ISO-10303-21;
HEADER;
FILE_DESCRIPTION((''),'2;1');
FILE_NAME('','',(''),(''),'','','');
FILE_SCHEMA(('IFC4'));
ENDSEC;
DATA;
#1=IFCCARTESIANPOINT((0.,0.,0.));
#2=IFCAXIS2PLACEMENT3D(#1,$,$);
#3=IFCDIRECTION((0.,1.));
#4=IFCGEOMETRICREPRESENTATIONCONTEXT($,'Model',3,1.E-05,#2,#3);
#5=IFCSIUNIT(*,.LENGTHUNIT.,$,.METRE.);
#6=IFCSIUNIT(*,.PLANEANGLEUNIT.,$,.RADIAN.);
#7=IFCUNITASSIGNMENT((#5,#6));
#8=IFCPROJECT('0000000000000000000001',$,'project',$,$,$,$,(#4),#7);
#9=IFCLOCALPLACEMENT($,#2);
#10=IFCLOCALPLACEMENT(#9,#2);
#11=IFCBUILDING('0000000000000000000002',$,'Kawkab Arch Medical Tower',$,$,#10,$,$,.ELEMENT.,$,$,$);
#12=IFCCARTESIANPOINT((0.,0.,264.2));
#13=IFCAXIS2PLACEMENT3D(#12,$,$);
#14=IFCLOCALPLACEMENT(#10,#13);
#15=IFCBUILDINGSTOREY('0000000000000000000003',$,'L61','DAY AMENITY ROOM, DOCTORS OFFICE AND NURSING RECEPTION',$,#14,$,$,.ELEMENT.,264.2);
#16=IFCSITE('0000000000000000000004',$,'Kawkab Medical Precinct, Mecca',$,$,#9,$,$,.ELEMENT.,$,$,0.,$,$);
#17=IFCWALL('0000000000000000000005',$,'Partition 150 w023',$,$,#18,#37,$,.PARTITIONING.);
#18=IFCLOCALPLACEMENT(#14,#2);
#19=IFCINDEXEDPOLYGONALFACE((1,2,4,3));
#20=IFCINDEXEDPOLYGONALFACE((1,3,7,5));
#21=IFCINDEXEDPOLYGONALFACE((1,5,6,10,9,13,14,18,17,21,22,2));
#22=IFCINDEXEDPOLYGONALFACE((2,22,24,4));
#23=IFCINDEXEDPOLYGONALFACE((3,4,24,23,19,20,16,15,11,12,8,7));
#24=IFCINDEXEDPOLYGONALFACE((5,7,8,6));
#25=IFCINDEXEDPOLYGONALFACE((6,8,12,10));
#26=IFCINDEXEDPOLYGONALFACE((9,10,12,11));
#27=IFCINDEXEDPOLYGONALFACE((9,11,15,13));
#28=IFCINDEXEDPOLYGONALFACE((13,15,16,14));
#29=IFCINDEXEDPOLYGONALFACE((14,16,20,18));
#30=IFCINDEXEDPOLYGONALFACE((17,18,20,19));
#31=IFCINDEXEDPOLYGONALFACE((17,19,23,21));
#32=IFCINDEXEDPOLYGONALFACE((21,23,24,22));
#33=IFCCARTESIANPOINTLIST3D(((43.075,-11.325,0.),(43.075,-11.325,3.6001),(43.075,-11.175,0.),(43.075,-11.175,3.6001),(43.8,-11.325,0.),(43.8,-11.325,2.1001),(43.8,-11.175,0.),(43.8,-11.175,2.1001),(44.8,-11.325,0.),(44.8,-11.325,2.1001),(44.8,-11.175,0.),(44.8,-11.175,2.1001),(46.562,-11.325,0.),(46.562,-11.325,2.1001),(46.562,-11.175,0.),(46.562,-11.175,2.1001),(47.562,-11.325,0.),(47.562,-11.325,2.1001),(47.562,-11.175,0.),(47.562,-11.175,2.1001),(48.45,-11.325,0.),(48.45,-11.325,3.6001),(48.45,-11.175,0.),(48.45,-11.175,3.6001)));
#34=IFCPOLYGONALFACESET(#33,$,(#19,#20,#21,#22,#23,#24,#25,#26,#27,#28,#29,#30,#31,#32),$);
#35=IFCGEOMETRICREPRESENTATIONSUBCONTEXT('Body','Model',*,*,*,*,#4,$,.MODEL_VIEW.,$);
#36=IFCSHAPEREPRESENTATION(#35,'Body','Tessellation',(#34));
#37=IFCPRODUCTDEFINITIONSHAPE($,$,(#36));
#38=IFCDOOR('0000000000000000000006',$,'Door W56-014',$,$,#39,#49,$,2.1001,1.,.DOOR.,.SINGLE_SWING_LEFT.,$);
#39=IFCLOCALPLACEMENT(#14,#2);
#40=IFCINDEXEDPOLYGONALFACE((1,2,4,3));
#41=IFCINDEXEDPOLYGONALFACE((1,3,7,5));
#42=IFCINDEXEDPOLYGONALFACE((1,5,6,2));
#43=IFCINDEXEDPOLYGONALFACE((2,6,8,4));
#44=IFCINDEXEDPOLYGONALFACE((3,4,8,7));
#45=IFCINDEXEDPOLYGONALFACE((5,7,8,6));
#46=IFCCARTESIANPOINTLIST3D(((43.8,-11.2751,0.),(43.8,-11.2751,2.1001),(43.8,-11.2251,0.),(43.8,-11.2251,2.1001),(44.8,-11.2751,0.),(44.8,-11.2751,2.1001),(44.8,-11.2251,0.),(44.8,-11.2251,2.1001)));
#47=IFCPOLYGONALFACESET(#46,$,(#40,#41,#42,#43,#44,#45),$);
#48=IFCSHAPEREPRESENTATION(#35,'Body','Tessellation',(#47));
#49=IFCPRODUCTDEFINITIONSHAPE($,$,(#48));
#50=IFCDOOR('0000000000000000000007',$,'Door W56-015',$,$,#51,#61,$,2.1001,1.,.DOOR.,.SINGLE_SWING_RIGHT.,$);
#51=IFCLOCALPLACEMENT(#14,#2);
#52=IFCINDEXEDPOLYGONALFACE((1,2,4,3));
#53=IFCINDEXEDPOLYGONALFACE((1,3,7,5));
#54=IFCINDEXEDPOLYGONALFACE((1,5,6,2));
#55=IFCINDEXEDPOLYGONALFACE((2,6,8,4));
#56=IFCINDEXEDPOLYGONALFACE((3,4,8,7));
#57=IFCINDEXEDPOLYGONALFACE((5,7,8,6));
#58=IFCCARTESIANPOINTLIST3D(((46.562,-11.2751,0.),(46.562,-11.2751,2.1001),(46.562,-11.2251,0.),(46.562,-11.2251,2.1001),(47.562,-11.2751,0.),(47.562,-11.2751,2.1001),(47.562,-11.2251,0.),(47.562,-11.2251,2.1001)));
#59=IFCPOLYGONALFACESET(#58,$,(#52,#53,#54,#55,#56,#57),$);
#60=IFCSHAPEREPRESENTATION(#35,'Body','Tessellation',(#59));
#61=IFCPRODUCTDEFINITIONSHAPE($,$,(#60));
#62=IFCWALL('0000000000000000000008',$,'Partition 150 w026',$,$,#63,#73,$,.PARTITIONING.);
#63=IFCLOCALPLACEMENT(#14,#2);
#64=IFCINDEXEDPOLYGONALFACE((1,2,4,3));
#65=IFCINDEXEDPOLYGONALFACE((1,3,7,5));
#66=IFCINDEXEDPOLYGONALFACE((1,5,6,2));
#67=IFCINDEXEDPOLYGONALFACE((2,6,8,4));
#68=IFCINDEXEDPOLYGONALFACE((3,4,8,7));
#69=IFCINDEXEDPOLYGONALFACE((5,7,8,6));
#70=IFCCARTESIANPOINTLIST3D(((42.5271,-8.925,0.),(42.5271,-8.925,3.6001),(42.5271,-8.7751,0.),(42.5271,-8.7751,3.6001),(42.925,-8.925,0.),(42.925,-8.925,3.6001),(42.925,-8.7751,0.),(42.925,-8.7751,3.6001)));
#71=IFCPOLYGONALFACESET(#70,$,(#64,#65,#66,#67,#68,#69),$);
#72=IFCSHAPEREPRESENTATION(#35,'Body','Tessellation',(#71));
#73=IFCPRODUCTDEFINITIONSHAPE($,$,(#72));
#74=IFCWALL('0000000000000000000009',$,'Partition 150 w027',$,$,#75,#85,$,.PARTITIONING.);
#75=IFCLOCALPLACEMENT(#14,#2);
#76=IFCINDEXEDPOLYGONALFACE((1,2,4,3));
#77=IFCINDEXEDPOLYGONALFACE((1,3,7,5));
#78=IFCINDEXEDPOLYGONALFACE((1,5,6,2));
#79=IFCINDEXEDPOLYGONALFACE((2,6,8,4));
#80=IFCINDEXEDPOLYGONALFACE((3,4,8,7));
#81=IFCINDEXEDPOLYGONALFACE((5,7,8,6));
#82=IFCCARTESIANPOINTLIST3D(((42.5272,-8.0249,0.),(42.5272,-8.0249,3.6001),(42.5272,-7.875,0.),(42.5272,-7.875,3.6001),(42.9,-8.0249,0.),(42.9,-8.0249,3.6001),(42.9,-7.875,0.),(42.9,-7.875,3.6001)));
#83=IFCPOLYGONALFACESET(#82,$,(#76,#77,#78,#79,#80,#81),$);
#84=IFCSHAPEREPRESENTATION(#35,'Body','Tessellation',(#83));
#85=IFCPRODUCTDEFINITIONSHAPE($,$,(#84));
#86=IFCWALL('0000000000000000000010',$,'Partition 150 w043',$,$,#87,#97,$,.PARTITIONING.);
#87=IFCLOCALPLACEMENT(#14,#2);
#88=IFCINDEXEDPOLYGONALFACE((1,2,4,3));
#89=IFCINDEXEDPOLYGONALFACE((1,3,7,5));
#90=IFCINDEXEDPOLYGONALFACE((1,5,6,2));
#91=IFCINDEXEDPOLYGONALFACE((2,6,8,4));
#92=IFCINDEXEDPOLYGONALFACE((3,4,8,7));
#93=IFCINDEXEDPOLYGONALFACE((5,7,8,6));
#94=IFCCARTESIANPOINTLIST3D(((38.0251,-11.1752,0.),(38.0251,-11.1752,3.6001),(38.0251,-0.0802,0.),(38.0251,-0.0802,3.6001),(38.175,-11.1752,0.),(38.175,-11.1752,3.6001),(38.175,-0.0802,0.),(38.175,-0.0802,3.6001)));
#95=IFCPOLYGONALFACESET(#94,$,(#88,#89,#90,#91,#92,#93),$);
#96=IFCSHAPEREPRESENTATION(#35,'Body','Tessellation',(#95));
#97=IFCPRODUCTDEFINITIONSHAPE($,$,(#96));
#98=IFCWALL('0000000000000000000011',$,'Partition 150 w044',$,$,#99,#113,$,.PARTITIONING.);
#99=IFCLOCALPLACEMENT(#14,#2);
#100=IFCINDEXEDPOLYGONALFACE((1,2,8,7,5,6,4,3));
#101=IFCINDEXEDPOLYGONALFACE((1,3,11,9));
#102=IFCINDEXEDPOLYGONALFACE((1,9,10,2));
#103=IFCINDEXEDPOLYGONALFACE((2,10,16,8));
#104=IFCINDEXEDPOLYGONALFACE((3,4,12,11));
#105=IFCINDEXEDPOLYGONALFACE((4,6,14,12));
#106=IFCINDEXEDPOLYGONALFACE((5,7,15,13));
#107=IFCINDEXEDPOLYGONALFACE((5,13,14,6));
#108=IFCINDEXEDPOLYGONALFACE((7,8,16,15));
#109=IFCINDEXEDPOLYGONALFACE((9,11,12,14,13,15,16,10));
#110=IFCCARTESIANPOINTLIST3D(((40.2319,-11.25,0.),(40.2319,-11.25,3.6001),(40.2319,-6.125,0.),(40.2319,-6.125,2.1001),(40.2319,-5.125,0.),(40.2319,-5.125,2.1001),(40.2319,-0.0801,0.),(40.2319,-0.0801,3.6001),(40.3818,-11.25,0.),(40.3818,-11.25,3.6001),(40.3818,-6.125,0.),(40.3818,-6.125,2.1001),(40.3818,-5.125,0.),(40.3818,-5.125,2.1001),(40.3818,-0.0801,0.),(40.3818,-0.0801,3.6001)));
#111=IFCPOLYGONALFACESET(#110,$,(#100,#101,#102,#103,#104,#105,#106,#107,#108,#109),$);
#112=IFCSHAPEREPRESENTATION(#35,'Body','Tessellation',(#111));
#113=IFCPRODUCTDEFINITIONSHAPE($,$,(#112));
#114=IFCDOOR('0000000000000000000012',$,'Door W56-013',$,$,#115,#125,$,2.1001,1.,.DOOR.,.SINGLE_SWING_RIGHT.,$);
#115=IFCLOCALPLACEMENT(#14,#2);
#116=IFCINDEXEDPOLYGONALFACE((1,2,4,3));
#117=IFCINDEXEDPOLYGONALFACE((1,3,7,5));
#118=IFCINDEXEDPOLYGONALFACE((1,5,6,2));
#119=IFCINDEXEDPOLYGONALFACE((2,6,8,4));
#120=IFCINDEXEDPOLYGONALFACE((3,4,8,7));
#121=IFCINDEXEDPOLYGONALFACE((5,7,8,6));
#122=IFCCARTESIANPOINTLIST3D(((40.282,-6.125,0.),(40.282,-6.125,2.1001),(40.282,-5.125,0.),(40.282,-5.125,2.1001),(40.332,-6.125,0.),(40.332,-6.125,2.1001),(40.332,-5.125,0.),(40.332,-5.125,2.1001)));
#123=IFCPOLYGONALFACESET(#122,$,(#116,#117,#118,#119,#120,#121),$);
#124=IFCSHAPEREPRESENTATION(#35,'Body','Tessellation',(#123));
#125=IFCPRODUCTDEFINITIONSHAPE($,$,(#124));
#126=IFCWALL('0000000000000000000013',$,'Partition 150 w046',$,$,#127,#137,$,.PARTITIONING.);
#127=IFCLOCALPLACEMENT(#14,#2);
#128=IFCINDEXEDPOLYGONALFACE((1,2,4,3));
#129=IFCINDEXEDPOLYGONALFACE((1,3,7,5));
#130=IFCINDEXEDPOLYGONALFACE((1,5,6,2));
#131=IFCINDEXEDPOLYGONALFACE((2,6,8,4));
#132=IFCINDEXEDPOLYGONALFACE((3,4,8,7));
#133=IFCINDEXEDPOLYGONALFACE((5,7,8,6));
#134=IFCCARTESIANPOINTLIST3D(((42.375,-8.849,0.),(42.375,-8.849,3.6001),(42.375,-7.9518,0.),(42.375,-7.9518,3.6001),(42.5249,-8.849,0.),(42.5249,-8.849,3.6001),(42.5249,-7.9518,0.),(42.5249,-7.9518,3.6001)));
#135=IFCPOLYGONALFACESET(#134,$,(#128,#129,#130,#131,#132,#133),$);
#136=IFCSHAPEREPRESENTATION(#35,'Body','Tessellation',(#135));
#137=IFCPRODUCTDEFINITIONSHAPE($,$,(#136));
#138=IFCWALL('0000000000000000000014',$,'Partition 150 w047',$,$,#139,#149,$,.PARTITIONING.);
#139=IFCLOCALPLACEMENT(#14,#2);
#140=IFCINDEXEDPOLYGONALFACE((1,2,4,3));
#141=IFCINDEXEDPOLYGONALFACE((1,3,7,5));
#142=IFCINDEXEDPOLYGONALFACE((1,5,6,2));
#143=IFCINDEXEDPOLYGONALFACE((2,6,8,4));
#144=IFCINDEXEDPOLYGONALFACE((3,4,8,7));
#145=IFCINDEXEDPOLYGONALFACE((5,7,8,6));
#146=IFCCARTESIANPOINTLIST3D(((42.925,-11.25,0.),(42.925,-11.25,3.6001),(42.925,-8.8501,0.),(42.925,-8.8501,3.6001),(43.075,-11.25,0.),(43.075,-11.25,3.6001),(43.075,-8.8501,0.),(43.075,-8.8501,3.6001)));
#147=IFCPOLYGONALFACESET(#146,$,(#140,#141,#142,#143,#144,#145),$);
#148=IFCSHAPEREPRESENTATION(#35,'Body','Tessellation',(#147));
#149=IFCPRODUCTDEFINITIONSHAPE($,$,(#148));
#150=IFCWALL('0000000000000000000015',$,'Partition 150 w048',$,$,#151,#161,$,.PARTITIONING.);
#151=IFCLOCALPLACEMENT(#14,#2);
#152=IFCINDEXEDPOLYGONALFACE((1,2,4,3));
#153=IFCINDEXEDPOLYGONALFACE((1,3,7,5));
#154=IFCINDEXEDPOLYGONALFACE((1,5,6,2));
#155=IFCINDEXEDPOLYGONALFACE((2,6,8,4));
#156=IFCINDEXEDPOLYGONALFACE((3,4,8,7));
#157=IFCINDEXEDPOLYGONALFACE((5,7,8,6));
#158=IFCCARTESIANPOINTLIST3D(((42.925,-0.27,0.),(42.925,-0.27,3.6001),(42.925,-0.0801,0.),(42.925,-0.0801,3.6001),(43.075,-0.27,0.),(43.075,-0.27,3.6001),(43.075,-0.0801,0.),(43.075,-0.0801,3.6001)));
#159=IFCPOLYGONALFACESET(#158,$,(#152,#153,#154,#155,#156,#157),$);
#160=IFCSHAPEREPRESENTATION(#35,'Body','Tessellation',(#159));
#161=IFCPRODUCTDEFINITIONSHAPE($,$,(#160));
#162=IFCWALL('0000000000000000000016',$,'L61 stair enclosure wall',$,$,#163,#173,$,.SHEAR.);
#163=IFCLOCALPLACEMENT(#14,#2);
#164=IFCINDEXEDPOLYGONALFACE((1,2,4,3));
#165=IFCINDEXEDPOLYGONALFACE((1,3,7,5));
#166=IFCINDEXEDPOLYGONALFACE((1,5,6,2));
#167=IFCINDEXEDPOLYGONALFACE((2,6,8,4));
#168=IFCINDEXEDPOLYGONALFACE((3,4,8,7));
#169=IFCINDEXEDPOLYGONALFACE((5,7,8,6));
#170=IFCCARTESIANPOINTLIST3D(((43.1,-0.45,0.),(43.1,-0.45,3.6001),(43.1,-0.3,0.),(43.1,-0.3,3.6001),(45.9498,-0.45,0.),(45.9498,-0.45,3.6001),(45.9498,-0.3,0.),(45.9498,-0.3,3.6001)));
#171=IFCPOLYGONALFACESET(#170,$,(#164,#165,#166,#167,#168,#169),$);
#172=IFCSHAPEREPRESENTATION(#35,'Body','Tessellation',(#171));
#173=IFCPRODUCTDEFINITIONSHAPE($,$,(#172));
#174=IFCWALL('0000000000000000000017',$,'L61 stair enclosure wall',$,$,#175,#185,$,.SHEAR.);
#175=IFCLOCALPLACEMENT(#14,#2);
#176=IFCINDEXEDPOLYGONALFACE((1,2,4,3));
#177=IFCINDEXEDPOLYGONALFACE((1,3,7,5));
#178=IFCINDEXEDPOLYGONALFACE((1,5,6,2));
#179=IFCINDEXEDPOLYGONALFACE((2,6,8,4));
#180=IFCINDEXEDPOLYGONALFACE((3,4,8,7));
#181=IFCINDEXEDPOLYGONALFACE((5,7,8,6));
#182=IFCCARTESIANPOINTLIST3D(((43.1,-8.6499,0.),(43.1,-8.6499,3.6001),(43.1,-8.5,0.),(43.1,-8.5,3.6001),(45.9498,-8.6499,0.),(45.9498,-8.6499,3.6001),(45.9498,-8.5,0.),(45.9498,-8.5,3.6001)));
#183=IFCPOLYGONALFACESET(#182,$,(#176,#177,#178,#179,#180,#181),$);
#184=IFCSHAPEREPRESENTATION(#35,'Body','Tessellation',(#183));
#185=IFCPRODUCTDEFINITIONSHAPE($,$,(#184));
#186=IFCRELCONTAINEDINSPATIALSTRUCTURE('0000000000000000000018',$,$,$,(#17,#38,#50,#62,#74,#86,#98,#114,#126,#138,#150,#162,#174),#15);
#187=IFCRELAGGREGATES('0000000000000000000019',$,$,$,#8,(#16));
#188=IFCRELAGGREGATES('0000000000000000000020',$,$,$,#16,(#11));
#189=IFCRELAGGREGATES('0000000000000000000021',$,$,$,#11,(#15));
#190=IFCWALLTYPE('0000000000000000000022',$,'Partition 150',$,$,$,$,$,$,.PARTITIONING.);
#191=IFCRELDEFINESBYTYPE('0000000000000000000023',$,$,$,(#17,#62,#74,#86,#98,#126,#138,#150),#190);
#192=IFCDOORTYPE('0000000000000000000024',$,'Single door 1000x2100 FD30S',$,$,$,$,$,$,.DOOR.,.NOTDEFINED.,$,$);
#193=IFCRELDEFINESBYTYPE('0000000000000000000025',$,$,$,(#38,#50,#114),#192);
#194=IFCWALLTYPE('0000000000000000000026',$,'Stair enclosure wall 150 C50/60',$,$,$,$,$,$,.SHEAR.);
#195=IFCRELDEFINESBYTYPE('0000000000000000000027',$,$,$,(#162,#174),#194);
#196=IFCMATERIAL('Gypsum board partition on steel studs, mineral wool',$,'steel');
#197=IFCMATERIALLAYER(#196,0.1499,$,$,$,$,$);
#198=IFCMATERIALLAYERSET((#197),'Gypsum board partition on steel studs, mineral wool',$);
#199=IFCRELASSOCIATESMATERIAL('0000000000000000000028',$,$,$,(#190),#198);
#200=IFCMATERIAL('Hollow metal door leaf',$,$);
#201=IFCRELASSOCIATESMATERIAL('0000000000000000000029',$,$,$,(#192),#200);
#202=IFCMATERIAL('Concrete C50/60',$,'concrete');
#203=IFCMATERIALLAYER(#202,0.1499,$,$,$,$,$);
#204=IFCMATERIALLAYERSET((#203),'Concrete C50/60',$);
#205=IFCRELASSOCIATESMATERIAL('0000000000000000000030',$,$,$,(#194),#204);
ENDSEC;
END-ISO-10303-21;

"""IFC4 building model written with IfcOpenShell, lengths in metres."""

from ifc_helpers import new_model, si_unit, direction, frame, frame_2d, origin, place, context, subcontext, project, spatial, rectangle, extrude, material, layer, layer_set, type_object, element, fill, save


model = new_model("IFC4")

# Units and contexts
model_context = context("Model", 3, precision=1e-05, world=origin(), true_north=direction((0.0, 1.0)))
body_context = subcontext(model_context, "Body", "Model", "MODEL_VIEW")
ifc_project = project(units=[si_unit("LENGTHUNIT", "METRE"), si_unit("PLANEANGLEUNIT", "RADIAN")], contexts=[model_context])

# Site, building, storey
site_placement = place(None, origin())
site = spatial("IfcSite", under=ifc_project, at=site_placement, Name="Kawkab Medical Precinct, Mecca", CompositionType="ELEMENT", RefElevation=0.0)
building_placement = place(site_placement, origin())
building = spatial("IfcBuilding", under=site, at=building_placement, Name="Kawkab Arch Medical Tower", CompositionType="ELEMENT")
storey_placement = place(building_placement, frame((0.0, 0.0, 264.2)))
storey = spatial("IfcBuildingStorey", under=building, at=storey_placement, Name="L61", Description="DAY AMENITY ROOM, DOCTORS OFFICE AND NURSING RECEPTION", CompositionType="ELEMENT", Elevation=264.2)

# Wall, openings, doors
ifc_material_1 = material(Name="Gypsum board partition on steel studs, mineral wool", Category="steel")
ifc_layer_1 = layer(ifc_material_1, 0.1499)
ifc_layer_set_1 = layer_set([ifc_layer_1], Name="Gypsum board partition on steel studs, mineral wool")
wall_type_1 = type_object("IfcWallType", Name="Partition 150", PredefinedType="PARTITIONING", material=ifc_layer_set_1)
wall_1_placement = place(storey_placement, frame((43.075, -11.25, 0.0), z_axis=(0.0, 0.0, 1.0), x_axis=(1.0, 0.0, 0.0)))
wall_1 = element("IfcWall", 1, at=wall_1_placement, inside=storey, type_object=wall_type_1, Name="Partition 150 w023", PredefinedType="PARTITIONING", context=body_context, shape_type="SweptSolid", body=[
    extrude(rectangle(XDim=5.375, YDim=0.1499, at=frame_2d((2.6875, 0.0))), origin(), (0.0, 0.0, 1.0), 3.6001),
])
opening_1_placement = place(wall_1_placement, frame((0.7251, 0.0, 0.0)))
opening_1 = element("IfcOpeningElement", 2, at=opening_1_placement, cuts=wall_1, PredefinedType="OPENING", context=body_context, shape_type="SweptSolid", body=[
    extrude(rectangle(XDim=1.0, YDim=2.1001, at=frame_2d((0.5, 1.05))), frame((0.0, 0.085, 0.0), z_axis=(0.0, -1.0, 0.0), x_axis=(1.0, 0.0, 0.0)), (0.0, 0.0, 1.0), 0.1699),
])
opening_2_placement = place(wall_1_placement, frame((3.4871, 0.0, 0.0)))
opening_2 = element("IfcOpeningElement", 3, at=opening_2_placement, cuts=wall_1, PredefinedType="OPENING", context=body_context, shape_type="SweptSolid", body=[
    extrude(rectangle(XDim=1.0, YDim=2.1001, at=frame_2d((0.5, 1.05))), frame((0.0, 0.085, 0.0), z_axis=(0.0, -1.0, 0.0), x_axis=(1.0, 0.0, 0.0)), (0.0, 0.0, 1.0), 0.1699),
])
ifc_material_2 = material(Name="Hollow metal door leaf")
door_type_1 = type_object("IfcDoorType", Name="Single door 1000x2100 FD30S", OperationType="NOTDEFINED", PredefinedType="DOOR", material=ifc_material_2)
door_1_placement = place(opening_1_placement, origin())
door_1 = element("IfcDoor", 4, at=door_1_placement, inside=storey, type_object=door_type_1, Name="Door W56-014", OperationType="SINGLE_SWING_LEFT", OverallHeight=2.1001, OverallWidth=1.0, PredefinedType="DOOR", context=body_context, shape_type="SweptSolid", body=[
    extrude(rectangle(XDim=1.0, YDim=2.1001, at=frame_2d((0.5, 1.05))), frame((0.0, 0.0249, 0.0), z_axis=(0.0, -1.0, 0.0), x_axis=(1.0, 0.0, 0.0)), (0.0, 0.0, 1.0), 0.05),
])
fill(opening_1, door_1)
door_2_placement = place(opening_2_placement, origin())
door_2 = element("IfcDoor", 5, at=door_2_placement, inside=storey, type_object=door_type_1, Name="Door W56-015", OperationType="SINGLE_SWING_RIGHT", OverallHeight=2.1001, OverallWidth=1.0, PredefinedType="DOOR", context=body_context, shape_type="SweptSolid", body=[
    extrude(rectangle(XDim=1.0, YDim=2.1001, at=frame_2d((0.5, 1.05))), frame((0.0, 0.0249, 0.0), z_axis=(0.0, -1.0, 0.0), x_axis=(1.0, 0.0, 0.0)), (0.0, 0.0, 1.0), 0.05),
])
fill(opening_2, door_2)

# Walls
wall_2_placement = place(storey_placement, frame((42.5271, -8.8501, 0.0), z_axis=(0.0, 0.0, 1.0), x_axis=(1.0, 0.0, 0.0)))
element("IfcWall", 6, at=wall_2_placement, inside=storey, type_object=wall_type_1, Name="Partition 150 w026", PredefinedType="PARTITIONING", context=body_context, shape_type="SweptSolid", body=[
    extrude(rectangle(XDim=0.3979, YDim=0.1499, at=frame_2d((0.199, 0.0))), origin(), (0.0, 0.0, 1.0), 3.6001),
])
wall_3_placement = place(storey_placement, frame((42.5271, -7.95, 0.0), z_axis=(0.0, 0.0, 1.0), x_axis=(1.0, 0.0, 0.0)))
element("IfcWall", 7, at=wall_3_placement, inside=storey, type_object=wall_type_1, Name="Partition 150 w027", PredefinedType="PARTITIONING", context=body_context, shape_type="SweptSolid", body=[
    extrude(rectangle(XDim=0.3728, YDim=0.1499, at=frame_2d((0.1865, 0.0))), origin(), (0.0, 0.0, 1.0), 3.6001),
])
wall_4_placement = place(storey_placement, frame((38.1001, -11.175, 0.0), z_axis=(0.0, 0.0, 1.0), x_axis=(0.0, 1.0, 0.0)))
element("IfcWall", 8, at=wall_4_placement, inside=storey, type_object=wall_type_1, Name="Partition 150 w043", PredefinedType="PARTITIONING", context=body_context, shape_type="SweptSolid", body=[
    extrude(rectangle(XDim=11.095, YDim=0.1499, at=frame_2d((5.5474, 0.0))), origin(), (0.0, 0.0, 1.0), 3.6001),
])

# Wall, opening, door
wall_5_placement = place(storey_placement, frame((40.3069, -11.25, 0.0), z_axis=(0.0, 0.0, 1.0), x_axis=(0.0, 1.0, 0.0)))
wall_5 = element("IfcWall", 9, at=wall_5_placement, inside=storey, type_object=wall_type_1, Name="Partition 150 w044", PredefinedType="PARTITIONING", context=body_context, shape_type="SweptSolid", body=[
    extrude(rectangle(XDim=11.1699, YDim=0.1499, at=frame_2d((5.585, 0.0))), origin(), (0.0, 0.0, 1.0), 3.6001),
])
opening_3_placement = place(wall_5_placement, frame((5.125, 0.0, 0.0)))
opening_3 = element("IfcOpeningElement", 10, at=opening_3_placement, cuts=wall_5, PredefinedType="OPENING", context=body_context, shape_type="SweptSolid", body=[
    extrude(rectangle(XDim=1.0, YDim=2.1001, at=frame_2d((0.5, 1.05))), frame((0.0, 0.085, 0.0), z_axis=(0.0, -1.0, 0.0), x_axis=(1.0, 0.0, 0.0)), (0.0, 0.0, 1.0), 0.1699),
])
door_3_placement = place(opening_3_placement, origin())
door_3 = element("IfcDoor", 11, at=door_3_placement, inside=storey, type_object=door_type_1, Name="Door W56-013", OperationType="SINGLE_SWING_RIGHT", OverallHeight=2.1001, OverallWidth=1.0, PredefinedType="DOOR", context=body_context, shape_type="SweptSolid", body=[
    extrude(rectangle(XDim=1.0, YDim=2.1001, at=frame_2d((0.5, 1.05))), frame((0.0, 0.0249, 0.0), z_axis=(0.0, -1.0, 0.0), x_axis=(1.0, 0.0, 0.0)), (0.0, 0.0, 1.0), 0.05),
])
fill(opening_3, door_3)

# Walls
wall_6_placement = place(storey_placement, frame((42.45, -8.8491, 0.0), z_axis=(0.0, 0.0, 1.0), x_axis=(0.0, 1.0, 0.0)))
element("IfcWall", 12, at=wall_6_placement, inside=storey, type_object=wall_type_1, Name="Partition 150 w046", PredefinedType="PARTITIONING", context=body_context, shape_type="SweptSolid", body=[
    extrude(rectangle(XDim=0.8972, YDim=0.1499, at=frame_2d((0.4487, 0.0))), origin(), (0.0, 0.0, 1.0), 3.6001),
])
wall_7_placement = place(storey_placement, frame((43.0, -11.25, 0.0), z_axis=(0.0, 0.0, 1.0), x_axis=(0.0, 1.0, 0.0)))
element("IfcWall", 13, at=wall_7_placement, inside=storey, type_object=wall_type_1, Name="Partition 150 w047", PredefinedType="PARTITIONING", context=body_context, shape_type="SweptSolid", body=[
    extrude(rectangle(XDim=2.3999, YDim=0.1499, at=frame_2d((1.2, 0.0))), origin(), (0.0, 0.0, 1.0), 3.6001),
])
wall_8_placement = place(storey_placement, frame((43.0, -0.27, 0.0), z_axis=(0.0, 0.0, 1.0), x_axis=(0.0, 1.0, 0.0)))
element("IfcWall", 14, at=wall_8_placement, inside=storey, type_object=wall_type_1, Name="Partition 150 w048", PredefinedType="PARTITIONING", context=body_context, shape_type="SweptSolid", body=[
    extrude(rectangle(XDim=0.1899, YDim=0.1499, at=frame_2d((0.095, 0.0))), origin(), (0.0, 0.0, 1.0), 3.6001),
])
ifc_material_3 = material(Name="Concrete C50/60", Category="concrete")
ifc_layer_2 = layer(ifc_material_3, 0.1499)
ifc_layer_set_2 = layer_set([ifc_layer_2], Name="Concrete C50/60")
wall_type_2 = type_object("IfcWallType", Name="Stair enclosure wall 150 C50/60", PredefinedType="SHEAR", material=ifc_layer_set_2)
for number, where, z_axis, x_axis, name in (
    (15, (43.1001, -0.375, 0.0), (0.0, 0.0, 1.0), (1.0, 0.0, 0.0), "L61 stair enclosure wall"),
    (16, (43.1001, -8.575, 0.0), (0.0, 0.0, 1.0), (1.0, 0.0, 0.0), "L61 stair enclosure wall"),
):
    element("IfcWall", number, at=place(storey_placement, frame(where, z_axis=z_axis, x_axis=x_axis)), inside=storey, type_object=wall_type_2, Name=name, PredefinedType="SHEAR", context=body_context, shape_type="SweptSolid", body=[
        extrude(rectangle(XDim=2.8499, YDim=0.1499, at=frame_2d((1.4248, 0.0))), origin(), (0.0, 0.0, 1.0), 3.6001),
    ])

save(model, "model.ifc")
